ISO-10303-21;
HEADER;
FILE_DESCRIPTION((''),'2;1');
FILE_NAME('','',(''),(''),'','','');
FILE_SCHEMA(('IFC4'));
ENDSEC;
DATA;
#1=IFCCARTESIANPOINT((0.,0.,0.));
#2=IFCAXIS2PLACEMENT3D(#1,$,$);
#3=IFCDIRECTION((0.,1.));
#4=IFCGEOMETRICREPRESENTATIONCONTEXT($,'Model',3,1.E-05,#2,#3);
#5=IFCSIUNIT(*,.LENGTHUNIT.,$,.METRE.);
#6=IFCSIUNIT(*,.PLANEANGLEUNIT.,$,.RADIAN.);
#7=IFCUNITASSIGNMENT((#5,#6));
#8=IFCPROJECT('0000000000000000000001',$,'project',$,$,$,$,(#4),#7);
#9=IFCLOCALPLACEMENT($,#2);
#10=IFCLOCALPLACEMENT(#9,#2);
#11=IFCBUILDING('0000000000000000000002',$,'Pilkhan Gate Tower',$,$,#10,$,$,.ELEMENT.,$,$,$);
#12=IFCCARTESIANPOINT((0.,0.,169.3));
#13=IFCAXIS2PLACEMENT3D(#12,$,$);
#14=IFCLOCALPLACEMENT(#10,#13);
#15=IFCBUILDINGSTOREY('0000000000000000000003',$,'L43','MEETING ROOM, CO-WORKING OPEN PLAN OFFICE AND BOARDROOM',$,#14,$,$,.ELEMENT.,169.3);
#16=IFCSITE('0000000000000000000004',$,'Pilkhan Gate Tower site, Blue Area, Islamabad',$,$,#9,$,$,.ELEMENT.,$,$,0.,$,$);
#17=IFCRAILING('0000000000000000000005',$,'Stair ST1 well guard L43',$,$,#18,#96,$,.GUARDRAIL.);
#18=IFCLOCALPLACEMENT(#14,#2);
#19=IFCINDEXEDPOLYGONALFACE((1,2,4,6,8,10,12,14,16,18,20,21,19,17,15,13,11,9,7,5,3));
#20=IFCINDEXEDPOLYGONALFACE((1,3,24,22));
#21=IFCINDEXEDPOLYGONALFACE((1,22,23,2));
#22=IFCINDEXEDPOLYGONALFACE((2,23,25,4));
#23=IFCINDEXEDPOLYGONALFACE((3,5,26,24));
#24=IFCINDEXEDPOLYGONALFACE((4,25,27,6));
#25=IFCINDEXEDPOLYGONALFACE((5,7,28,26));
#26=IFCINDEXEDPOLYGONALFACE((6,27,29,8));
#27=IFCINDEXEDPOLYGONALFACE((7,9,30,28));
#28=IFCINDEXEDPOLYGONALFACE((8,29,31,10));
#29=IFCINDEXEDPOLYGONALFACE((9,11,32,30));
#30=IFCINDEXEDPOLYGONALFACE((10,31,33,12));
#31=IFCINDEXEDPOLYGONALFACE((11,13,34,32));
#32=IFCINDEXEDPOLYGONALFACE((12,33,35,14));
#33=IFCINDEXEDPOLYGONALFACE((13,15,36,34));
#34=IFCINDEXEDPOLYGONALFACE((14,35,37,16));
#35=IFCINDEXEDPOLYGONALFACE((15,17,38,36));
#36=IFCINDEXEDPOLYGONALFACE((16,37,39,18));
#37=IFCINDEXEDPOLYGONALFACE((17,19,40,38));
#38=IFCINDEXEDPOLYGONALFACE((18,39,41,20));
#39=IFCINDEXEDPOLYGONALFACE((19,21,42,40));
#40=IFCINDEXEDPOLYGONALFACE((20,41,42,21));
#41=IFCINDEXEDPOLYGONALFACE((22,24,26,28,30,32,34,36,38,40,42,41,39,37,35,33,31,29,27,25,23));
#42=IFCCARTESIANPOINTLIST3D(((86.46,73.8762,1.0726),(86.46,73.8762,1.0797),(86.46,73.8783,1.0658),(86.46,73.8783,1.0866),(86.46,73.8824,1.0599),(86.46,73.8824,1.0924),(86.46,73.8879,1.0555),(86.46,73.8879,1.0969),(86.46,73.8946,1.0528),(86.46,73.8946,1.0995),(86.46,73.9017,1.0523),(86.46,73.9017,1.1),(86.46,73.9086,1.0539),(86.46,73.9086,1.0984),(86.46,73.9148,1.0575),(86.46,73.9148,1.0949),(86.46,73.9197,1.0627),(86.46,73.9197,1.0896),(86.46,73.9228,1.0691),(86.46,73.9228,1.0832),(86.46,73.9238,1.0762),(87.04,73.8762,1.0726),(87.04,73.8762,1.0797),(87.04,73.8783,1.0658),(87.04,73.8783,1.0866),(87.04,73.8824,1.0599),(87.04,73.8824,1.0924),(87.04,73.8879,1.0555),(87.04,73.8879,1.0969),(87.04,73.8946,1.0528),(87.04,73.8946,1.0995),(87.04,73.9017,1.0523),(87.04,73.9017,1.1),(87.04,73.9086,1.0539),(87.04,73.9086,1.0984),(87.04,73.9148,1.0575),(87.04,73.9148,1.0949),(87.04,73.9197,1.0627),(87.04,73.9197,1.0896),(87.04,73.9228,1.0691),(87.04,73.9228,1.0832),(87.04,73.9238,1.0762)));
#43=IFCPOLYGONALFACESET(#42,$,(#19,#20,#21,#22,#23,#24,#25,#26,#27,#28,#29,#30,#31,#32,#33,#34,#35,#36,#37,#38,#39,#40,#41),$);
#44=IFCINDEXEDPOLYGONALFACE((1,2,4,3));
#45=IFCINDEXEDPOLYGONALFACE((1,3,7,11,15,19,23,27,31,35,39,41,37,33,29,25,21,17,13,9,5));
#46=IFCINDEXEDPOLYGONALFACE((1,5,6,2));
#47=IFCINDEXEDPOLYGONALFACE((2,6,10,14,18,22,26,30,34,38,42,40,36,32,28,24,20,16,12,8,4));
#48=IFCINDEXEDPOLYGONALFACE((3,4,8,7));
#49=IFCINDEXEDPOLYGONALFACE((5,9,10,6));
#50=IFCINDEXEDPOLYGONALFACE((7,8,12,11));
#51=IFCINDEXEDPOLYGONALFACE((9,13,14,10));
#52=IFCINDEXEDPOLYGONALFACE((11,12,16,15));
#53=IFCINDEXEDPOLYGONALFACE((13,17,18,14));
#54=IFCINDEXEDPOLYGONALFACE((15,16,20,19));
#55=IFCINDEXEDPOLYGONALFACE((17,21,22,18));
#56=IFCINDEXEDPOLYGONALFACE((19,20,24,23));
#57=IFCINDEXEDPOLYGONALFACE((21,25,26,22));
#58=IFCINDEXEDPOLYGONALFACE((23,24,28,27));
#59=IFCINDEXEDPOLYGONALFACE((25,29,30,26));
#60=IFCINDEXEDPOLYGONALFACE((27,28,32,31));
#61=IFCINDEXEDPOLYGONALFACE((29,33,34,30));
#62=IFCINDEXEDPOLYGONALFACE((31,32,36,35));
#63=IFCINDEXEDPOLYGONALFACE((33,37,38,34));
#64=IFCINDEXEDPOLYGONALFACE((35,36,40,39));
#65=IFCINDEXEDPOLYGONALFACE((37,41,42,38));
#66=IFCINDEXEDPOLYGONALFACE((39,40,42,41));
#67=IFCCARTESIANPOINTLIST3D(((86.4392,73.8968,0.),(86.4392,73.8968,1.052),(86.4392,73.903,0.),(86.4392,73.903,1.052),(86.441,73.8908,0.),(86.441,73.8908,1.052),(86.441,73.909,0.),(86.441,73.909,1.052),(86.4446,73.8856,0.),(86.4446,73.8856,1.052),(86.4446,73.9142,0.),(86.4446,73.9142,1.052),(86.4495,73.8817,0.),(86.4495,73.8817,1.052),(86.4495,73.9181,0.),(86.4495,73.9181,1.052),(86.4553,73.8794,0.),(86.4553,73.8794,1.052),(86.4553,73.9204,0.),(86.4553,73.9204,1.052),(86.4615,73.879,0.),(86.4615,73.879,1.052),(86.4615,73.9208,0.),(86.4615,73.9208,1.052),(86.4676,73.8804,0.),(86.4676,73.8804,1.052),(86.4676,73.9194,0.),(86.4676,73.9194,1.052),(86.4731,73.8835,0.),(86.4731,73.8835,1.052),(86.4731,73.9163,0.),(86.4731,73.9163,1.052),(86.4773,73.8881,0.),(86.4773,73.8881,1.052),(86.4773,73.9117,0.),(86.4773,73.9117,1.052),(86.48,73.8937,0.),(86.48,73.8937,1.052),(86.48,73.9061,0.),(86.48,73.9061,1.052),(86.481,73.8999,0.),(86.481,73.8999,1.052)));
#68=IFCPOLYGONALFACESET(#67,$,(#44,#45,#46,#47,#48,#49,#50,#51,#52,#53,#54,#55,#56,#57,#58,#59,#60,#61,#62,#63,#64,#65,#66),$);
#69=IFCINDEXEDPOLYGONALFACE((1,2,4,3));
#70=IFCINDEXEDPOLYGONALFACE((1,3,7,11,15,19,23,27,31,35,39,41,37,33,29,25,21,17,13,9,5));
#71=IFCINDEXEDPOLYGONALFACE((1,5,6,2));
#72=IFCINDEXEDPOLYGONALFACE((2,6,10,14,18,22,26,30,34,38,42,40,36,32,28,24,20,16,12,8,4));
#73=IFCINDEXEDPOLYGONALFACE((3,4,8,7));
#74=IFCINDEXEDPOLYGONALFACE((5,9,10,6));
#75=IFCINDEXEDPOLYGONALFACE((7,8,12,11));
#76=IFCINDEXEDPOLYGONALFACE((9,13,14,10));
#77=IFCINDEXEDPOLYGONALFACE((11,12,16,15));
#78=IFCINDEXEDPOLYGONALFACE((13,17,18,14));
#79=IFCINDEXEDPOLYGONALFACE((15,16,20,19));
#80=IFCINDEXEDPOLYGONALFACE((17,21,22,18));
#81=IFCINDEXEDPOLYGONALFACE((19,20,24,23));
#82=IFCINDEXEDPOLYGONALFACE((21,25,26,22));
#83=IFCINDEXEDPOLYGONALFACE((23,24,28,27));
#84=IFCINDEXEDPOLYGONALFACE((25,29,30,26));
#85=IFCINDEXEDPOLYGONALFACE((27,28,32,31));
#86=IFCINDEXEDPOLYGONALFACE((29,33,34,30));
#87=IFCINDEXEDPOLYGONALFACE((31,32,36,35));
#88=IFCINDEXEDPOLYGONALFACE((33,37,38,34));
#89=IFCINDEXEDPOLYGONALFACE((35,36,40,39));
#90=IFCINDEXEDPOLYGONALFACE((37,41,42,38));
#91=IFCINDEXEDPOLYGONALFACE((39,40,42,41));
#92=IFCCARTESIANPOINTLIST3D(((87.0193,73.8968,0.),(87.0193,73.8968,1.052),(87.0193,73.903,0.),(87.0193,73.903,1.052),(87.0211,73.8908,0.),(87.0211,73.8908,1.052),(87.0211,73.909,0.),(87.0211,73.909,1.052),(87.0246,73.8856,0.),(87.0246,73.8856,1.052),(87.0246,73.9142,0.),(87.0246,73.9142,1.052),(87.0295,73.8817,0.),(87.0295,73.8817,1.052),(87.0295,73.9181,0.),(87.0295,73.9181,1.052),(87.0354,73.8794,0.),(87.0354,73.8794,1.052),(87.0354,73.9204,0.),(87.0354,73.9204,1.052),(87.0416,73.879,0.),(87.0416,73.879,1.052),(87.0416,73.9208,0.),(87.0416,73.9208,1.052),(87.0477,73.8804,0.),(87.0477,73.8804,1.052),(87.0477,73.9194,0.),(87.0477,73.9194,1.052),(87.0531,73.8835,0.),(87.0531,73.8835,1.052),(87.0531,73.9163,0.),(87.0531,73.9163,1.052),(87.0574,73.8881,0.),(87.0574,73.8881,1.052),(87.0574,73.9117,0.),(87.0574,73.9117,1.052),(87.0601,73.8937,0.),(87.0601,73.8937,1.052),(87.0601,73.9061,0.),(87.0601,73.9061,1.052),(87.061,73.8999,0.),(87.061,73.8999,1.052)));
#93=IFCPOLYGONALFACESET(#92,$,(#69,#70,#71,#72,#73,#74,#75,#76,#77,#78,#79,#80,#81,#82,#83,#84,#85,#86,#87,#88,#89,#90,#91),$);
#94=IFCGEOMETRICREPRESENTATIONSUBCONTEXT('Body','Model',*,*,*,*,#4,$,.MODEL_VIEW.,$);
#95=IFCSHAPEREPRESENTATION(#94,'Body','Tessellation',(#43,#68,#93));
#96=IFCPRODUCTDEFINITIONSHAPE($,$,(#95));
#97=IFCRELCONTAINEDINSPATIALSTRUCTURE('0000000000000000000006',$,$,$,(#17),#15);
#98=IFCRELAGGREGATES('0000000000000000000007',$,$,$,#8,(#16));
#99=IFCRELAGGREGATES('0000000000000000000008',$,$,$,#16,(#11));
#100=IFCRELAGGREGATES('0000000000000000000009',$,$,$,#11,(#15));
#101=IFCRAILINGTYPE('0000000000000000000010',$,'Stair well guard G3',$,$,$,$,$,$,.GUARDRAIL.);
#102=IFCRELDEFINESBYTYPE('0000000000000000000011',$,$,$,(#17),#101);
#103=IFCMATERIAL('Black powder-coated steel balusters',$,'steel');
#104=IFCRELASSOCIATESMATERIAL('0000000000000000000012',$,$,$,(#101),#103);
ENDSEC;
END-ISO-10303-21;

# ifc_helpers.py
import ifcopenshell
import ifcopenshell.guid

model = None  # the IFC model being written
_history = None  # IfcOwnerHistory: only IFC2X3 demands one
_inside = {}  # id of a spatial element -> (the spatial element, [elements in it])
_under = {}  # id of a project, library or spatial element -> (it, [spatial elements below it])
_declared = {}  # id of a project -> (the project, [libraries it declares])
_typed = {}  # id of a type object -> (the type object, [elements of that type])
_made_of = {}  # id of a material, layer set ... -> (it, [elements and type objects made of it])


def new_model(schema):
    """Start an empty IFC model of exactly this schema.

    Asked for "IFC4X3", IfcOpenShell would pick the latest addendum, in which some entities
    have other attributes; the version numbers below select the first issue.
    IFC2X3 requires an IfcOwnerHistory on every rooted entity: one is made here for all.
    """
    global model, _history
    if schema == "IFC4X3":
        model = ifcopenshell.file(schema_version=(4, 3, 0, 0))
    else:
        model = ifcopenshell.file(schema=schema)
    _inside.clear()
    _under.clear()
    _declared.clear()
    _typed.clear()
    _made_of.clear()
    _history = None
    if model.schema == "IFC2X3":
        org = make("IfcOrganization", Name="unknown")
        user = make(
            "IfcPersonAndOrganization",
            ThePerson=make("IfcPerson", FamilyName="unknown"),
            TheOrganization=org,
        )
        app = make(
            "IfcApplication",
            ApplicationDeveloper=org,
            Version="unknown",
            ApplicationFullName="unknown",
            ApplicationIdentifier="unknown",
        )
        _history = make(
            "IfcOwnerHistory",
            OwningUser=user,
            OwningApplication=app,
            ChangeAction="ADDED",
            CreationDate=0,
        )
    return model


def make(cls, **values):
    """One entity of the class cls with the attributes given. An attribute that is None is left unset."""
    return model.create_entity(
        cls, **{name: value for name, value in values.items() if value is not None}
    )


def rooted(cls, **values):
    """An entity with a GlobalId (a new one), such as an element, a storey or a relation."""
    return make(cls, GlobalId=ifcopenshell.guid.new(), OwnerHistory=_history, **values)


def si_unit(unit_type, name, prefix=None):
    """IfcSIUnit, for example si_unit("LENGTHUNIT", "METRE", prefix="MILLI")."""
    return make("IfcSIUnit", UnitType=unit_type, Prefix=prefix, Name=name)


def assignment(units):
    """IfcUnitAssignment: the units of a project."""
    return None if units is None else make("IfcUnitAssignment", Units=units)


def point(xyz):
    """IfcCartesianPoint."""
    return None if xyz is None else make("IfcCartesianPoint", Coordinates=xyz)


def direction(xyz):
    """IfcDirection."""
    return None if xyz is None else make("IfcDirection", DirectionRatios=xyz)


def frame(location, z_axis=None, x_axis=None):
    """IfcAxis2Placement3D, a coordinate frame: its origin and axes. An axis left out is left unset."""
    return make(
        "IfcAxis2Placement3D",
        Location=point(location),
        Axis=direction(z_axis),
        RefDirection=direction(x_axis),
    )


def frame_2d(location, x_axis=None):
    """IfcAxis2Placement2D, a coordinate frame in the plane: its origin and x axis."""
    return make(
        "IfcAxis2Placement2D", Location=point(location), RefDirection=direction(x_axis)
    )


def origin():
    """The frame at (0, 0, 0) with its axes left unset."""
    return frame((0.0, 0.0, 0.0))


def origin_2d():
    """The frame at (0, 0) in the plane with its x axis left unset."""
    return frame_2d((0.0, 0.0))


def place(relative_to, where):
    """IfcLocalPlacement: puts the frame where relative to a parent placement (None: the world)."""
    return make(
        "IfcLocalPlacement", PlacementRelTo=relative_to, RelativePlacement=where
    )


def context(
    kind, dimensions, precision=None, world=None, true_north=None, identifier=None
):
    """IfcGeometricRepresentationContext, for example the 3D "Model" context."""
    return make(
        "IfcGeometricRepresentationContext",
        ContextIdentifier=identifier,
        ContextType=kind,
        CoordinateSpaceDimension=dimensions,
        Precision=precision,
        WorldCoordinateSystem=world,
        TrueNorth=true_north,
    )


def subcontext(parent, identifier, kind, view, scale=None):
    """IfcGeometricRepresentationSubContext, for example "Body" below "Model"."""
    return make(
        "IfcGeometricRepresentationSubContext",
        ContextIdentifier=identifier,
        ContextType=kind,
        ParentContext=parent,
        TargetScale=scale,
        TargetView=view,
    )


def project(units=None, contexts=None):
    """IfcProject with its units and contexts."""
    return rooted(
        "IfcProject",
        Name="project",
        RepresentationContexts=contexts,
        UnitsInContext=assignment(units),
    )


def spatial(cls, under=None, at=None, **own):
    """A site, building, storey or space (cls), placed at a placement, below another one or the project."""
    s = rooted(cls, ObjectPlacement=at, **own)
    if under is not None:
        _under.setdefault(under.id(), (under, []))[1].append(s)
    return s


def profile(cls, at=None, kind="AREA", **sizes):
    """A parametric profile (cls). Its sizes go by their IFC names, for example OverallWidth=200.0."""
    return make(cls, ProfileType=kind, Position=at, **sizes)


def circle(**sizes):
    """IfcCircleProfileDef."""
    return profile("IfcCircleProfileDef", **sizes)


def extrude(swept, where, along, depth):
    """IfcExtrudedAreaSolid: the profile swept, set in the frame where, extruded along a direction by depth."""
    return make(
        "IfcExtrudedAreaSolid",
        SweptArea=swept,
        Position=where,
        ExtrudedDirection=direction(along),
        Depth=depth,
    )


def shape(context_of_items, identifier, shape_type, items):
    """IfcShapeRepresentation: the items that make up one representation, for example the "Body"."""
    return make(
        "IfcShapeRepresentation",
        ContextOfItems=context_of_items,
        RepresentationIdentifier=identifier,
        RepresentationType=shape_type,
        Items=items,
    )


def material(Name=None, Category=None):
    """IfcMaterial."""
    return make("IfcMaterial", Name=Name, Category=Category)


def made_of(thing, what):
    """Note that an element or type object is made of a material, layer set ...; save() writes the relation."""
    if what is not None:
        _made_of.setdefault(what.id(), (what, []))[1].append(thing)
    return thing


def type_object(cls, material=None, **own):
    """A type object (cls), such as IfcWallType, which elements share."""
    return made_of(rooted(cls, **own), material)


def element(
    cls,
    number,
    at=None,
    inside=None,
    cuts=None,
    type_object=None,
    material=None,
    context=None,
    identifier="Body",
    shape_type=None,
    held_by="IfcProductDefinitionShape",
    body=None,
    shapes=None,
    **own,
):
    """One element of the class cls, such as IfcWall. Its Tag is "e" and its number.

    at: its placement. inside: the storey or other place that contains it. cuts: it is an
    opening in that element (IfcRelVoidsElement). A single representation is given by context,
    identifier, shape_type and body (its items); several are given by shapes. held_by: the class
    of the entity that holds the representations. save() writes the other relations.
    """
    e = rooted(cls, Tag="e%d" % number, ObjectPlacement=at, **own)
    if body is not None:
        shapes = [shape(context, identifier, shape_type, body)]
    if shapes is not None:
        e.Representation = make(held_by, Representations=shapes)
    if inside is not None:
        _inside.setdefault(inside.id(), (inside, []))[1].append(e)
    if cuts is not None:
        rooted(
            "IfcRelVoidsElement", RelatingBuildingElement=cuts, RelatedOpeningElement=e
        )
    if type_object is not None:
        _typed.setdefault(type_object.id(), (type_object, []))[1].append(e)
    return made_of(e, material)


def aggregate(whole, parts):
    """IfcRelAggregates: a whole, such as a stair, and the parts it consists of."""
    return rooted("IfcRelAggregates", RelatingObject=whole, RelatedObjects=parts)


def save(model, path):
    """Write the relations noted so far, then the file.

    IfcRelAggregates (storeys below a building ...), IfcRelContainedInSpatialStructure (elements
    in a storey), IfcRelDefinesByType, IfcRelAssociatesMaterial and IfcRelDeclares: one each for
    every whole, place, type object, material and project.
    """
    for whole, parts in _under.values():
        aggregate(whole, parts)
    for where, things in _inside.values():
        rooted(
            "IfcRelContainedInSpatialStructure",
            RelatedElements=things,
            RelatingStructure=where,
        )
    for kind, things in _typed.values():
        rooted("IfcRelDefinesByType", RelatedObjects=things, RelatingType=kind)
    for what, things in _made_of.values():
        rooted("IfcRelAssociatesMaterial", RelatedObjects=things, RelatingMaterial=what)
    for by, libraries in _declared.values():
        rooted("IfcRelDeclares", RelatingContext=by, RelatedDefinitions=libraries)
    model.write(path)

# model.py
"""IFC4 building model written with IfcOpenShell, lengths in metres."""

from ifc_helpers import new_model, si_unit, direction, frame, origin, origin_2d, place, context, subcontext, project, spatial, circle, extrude, material, type_object, element, save


model = new_model("IFC4")

# Units and contexts
model_context = context("Model", 3, precision=1e-05, world=origin(), true_north=direction((0.0, 1.0)))
body_context = subcontext(model_context, "Body", "Model", "MODEL_VIEW")
ifc_project = project(units=[si_unit("LENGTHUNIT", "METRE"), si_unit("PLANEANGLEUNIT", "RADIAN")], contexts=[model_context])

# Site, building, storey
site_placement = place(None, origin())
site = spatial("IfcSite", under=ifc_project, at=site_placement, Name="Pilkhan Gate Tower site, Blue Area, Islamabad", CompositionType="ELEMENT", RefElevation=0.0)
building_placement = place(site_placement, origin())
building = spatial("IfcBuilding", under=site, at=building_placement, Name="Pilkhan Gate Tower", CompositionType="ELEMENT")
storey_placement = place(building_placement, frame((0.0, 0.0, 169.3)))
storey = spatial("IfcBuildingStorey", under=building, at=storey_placement, Name="L43", Description="MEETING ROOM, CO-WORKING OPEN PLAN OFFICE AND BOARDROOM", CompositionType="ELEMENT", Elevation=169.3)

# Railing
ifc_material_1 = material(Name="Black powder-coated steel balusters", Category="steel")
railing_type_1 = type_object("IfcRailingType", Name="Stair well guard G3", PredefinedType="GUARDRAIL", material=ifc_material_1)
railing_1_placement = place(storey_placement, frame((86.46, 73.8999, 0.0)))
element("IfcRailing", 1, at=railing_1_placement, inside=storey, type_object=railing_type_1, Name="Stair ST1 well guard L43", PredefinedType="GUARDRAIL", context=body_context, shape_type="SweptSolid", body=[
    extrude(circle(Radius=0.0239, at=origin_2d()), frame((0.0, 0.0, 1.0762), z_axis=(1.0, 0.0, 0.0), x_axis=(0.0, 1.0, 0.0)), (0.0, 0.0, 1.0), 0.5801),
    extrude(circle(Radius=0.021, at=origin_2d()), origin(), (0.0, 0.0, 1.0), 1.052),
    extrude(circle(Radius=0.021, at=origin_2d()), frame((0.5801, 0.0, 0.0)), (0.0, 0.0, 1.0), 1.052),
])

save(model, "model.ifc")
